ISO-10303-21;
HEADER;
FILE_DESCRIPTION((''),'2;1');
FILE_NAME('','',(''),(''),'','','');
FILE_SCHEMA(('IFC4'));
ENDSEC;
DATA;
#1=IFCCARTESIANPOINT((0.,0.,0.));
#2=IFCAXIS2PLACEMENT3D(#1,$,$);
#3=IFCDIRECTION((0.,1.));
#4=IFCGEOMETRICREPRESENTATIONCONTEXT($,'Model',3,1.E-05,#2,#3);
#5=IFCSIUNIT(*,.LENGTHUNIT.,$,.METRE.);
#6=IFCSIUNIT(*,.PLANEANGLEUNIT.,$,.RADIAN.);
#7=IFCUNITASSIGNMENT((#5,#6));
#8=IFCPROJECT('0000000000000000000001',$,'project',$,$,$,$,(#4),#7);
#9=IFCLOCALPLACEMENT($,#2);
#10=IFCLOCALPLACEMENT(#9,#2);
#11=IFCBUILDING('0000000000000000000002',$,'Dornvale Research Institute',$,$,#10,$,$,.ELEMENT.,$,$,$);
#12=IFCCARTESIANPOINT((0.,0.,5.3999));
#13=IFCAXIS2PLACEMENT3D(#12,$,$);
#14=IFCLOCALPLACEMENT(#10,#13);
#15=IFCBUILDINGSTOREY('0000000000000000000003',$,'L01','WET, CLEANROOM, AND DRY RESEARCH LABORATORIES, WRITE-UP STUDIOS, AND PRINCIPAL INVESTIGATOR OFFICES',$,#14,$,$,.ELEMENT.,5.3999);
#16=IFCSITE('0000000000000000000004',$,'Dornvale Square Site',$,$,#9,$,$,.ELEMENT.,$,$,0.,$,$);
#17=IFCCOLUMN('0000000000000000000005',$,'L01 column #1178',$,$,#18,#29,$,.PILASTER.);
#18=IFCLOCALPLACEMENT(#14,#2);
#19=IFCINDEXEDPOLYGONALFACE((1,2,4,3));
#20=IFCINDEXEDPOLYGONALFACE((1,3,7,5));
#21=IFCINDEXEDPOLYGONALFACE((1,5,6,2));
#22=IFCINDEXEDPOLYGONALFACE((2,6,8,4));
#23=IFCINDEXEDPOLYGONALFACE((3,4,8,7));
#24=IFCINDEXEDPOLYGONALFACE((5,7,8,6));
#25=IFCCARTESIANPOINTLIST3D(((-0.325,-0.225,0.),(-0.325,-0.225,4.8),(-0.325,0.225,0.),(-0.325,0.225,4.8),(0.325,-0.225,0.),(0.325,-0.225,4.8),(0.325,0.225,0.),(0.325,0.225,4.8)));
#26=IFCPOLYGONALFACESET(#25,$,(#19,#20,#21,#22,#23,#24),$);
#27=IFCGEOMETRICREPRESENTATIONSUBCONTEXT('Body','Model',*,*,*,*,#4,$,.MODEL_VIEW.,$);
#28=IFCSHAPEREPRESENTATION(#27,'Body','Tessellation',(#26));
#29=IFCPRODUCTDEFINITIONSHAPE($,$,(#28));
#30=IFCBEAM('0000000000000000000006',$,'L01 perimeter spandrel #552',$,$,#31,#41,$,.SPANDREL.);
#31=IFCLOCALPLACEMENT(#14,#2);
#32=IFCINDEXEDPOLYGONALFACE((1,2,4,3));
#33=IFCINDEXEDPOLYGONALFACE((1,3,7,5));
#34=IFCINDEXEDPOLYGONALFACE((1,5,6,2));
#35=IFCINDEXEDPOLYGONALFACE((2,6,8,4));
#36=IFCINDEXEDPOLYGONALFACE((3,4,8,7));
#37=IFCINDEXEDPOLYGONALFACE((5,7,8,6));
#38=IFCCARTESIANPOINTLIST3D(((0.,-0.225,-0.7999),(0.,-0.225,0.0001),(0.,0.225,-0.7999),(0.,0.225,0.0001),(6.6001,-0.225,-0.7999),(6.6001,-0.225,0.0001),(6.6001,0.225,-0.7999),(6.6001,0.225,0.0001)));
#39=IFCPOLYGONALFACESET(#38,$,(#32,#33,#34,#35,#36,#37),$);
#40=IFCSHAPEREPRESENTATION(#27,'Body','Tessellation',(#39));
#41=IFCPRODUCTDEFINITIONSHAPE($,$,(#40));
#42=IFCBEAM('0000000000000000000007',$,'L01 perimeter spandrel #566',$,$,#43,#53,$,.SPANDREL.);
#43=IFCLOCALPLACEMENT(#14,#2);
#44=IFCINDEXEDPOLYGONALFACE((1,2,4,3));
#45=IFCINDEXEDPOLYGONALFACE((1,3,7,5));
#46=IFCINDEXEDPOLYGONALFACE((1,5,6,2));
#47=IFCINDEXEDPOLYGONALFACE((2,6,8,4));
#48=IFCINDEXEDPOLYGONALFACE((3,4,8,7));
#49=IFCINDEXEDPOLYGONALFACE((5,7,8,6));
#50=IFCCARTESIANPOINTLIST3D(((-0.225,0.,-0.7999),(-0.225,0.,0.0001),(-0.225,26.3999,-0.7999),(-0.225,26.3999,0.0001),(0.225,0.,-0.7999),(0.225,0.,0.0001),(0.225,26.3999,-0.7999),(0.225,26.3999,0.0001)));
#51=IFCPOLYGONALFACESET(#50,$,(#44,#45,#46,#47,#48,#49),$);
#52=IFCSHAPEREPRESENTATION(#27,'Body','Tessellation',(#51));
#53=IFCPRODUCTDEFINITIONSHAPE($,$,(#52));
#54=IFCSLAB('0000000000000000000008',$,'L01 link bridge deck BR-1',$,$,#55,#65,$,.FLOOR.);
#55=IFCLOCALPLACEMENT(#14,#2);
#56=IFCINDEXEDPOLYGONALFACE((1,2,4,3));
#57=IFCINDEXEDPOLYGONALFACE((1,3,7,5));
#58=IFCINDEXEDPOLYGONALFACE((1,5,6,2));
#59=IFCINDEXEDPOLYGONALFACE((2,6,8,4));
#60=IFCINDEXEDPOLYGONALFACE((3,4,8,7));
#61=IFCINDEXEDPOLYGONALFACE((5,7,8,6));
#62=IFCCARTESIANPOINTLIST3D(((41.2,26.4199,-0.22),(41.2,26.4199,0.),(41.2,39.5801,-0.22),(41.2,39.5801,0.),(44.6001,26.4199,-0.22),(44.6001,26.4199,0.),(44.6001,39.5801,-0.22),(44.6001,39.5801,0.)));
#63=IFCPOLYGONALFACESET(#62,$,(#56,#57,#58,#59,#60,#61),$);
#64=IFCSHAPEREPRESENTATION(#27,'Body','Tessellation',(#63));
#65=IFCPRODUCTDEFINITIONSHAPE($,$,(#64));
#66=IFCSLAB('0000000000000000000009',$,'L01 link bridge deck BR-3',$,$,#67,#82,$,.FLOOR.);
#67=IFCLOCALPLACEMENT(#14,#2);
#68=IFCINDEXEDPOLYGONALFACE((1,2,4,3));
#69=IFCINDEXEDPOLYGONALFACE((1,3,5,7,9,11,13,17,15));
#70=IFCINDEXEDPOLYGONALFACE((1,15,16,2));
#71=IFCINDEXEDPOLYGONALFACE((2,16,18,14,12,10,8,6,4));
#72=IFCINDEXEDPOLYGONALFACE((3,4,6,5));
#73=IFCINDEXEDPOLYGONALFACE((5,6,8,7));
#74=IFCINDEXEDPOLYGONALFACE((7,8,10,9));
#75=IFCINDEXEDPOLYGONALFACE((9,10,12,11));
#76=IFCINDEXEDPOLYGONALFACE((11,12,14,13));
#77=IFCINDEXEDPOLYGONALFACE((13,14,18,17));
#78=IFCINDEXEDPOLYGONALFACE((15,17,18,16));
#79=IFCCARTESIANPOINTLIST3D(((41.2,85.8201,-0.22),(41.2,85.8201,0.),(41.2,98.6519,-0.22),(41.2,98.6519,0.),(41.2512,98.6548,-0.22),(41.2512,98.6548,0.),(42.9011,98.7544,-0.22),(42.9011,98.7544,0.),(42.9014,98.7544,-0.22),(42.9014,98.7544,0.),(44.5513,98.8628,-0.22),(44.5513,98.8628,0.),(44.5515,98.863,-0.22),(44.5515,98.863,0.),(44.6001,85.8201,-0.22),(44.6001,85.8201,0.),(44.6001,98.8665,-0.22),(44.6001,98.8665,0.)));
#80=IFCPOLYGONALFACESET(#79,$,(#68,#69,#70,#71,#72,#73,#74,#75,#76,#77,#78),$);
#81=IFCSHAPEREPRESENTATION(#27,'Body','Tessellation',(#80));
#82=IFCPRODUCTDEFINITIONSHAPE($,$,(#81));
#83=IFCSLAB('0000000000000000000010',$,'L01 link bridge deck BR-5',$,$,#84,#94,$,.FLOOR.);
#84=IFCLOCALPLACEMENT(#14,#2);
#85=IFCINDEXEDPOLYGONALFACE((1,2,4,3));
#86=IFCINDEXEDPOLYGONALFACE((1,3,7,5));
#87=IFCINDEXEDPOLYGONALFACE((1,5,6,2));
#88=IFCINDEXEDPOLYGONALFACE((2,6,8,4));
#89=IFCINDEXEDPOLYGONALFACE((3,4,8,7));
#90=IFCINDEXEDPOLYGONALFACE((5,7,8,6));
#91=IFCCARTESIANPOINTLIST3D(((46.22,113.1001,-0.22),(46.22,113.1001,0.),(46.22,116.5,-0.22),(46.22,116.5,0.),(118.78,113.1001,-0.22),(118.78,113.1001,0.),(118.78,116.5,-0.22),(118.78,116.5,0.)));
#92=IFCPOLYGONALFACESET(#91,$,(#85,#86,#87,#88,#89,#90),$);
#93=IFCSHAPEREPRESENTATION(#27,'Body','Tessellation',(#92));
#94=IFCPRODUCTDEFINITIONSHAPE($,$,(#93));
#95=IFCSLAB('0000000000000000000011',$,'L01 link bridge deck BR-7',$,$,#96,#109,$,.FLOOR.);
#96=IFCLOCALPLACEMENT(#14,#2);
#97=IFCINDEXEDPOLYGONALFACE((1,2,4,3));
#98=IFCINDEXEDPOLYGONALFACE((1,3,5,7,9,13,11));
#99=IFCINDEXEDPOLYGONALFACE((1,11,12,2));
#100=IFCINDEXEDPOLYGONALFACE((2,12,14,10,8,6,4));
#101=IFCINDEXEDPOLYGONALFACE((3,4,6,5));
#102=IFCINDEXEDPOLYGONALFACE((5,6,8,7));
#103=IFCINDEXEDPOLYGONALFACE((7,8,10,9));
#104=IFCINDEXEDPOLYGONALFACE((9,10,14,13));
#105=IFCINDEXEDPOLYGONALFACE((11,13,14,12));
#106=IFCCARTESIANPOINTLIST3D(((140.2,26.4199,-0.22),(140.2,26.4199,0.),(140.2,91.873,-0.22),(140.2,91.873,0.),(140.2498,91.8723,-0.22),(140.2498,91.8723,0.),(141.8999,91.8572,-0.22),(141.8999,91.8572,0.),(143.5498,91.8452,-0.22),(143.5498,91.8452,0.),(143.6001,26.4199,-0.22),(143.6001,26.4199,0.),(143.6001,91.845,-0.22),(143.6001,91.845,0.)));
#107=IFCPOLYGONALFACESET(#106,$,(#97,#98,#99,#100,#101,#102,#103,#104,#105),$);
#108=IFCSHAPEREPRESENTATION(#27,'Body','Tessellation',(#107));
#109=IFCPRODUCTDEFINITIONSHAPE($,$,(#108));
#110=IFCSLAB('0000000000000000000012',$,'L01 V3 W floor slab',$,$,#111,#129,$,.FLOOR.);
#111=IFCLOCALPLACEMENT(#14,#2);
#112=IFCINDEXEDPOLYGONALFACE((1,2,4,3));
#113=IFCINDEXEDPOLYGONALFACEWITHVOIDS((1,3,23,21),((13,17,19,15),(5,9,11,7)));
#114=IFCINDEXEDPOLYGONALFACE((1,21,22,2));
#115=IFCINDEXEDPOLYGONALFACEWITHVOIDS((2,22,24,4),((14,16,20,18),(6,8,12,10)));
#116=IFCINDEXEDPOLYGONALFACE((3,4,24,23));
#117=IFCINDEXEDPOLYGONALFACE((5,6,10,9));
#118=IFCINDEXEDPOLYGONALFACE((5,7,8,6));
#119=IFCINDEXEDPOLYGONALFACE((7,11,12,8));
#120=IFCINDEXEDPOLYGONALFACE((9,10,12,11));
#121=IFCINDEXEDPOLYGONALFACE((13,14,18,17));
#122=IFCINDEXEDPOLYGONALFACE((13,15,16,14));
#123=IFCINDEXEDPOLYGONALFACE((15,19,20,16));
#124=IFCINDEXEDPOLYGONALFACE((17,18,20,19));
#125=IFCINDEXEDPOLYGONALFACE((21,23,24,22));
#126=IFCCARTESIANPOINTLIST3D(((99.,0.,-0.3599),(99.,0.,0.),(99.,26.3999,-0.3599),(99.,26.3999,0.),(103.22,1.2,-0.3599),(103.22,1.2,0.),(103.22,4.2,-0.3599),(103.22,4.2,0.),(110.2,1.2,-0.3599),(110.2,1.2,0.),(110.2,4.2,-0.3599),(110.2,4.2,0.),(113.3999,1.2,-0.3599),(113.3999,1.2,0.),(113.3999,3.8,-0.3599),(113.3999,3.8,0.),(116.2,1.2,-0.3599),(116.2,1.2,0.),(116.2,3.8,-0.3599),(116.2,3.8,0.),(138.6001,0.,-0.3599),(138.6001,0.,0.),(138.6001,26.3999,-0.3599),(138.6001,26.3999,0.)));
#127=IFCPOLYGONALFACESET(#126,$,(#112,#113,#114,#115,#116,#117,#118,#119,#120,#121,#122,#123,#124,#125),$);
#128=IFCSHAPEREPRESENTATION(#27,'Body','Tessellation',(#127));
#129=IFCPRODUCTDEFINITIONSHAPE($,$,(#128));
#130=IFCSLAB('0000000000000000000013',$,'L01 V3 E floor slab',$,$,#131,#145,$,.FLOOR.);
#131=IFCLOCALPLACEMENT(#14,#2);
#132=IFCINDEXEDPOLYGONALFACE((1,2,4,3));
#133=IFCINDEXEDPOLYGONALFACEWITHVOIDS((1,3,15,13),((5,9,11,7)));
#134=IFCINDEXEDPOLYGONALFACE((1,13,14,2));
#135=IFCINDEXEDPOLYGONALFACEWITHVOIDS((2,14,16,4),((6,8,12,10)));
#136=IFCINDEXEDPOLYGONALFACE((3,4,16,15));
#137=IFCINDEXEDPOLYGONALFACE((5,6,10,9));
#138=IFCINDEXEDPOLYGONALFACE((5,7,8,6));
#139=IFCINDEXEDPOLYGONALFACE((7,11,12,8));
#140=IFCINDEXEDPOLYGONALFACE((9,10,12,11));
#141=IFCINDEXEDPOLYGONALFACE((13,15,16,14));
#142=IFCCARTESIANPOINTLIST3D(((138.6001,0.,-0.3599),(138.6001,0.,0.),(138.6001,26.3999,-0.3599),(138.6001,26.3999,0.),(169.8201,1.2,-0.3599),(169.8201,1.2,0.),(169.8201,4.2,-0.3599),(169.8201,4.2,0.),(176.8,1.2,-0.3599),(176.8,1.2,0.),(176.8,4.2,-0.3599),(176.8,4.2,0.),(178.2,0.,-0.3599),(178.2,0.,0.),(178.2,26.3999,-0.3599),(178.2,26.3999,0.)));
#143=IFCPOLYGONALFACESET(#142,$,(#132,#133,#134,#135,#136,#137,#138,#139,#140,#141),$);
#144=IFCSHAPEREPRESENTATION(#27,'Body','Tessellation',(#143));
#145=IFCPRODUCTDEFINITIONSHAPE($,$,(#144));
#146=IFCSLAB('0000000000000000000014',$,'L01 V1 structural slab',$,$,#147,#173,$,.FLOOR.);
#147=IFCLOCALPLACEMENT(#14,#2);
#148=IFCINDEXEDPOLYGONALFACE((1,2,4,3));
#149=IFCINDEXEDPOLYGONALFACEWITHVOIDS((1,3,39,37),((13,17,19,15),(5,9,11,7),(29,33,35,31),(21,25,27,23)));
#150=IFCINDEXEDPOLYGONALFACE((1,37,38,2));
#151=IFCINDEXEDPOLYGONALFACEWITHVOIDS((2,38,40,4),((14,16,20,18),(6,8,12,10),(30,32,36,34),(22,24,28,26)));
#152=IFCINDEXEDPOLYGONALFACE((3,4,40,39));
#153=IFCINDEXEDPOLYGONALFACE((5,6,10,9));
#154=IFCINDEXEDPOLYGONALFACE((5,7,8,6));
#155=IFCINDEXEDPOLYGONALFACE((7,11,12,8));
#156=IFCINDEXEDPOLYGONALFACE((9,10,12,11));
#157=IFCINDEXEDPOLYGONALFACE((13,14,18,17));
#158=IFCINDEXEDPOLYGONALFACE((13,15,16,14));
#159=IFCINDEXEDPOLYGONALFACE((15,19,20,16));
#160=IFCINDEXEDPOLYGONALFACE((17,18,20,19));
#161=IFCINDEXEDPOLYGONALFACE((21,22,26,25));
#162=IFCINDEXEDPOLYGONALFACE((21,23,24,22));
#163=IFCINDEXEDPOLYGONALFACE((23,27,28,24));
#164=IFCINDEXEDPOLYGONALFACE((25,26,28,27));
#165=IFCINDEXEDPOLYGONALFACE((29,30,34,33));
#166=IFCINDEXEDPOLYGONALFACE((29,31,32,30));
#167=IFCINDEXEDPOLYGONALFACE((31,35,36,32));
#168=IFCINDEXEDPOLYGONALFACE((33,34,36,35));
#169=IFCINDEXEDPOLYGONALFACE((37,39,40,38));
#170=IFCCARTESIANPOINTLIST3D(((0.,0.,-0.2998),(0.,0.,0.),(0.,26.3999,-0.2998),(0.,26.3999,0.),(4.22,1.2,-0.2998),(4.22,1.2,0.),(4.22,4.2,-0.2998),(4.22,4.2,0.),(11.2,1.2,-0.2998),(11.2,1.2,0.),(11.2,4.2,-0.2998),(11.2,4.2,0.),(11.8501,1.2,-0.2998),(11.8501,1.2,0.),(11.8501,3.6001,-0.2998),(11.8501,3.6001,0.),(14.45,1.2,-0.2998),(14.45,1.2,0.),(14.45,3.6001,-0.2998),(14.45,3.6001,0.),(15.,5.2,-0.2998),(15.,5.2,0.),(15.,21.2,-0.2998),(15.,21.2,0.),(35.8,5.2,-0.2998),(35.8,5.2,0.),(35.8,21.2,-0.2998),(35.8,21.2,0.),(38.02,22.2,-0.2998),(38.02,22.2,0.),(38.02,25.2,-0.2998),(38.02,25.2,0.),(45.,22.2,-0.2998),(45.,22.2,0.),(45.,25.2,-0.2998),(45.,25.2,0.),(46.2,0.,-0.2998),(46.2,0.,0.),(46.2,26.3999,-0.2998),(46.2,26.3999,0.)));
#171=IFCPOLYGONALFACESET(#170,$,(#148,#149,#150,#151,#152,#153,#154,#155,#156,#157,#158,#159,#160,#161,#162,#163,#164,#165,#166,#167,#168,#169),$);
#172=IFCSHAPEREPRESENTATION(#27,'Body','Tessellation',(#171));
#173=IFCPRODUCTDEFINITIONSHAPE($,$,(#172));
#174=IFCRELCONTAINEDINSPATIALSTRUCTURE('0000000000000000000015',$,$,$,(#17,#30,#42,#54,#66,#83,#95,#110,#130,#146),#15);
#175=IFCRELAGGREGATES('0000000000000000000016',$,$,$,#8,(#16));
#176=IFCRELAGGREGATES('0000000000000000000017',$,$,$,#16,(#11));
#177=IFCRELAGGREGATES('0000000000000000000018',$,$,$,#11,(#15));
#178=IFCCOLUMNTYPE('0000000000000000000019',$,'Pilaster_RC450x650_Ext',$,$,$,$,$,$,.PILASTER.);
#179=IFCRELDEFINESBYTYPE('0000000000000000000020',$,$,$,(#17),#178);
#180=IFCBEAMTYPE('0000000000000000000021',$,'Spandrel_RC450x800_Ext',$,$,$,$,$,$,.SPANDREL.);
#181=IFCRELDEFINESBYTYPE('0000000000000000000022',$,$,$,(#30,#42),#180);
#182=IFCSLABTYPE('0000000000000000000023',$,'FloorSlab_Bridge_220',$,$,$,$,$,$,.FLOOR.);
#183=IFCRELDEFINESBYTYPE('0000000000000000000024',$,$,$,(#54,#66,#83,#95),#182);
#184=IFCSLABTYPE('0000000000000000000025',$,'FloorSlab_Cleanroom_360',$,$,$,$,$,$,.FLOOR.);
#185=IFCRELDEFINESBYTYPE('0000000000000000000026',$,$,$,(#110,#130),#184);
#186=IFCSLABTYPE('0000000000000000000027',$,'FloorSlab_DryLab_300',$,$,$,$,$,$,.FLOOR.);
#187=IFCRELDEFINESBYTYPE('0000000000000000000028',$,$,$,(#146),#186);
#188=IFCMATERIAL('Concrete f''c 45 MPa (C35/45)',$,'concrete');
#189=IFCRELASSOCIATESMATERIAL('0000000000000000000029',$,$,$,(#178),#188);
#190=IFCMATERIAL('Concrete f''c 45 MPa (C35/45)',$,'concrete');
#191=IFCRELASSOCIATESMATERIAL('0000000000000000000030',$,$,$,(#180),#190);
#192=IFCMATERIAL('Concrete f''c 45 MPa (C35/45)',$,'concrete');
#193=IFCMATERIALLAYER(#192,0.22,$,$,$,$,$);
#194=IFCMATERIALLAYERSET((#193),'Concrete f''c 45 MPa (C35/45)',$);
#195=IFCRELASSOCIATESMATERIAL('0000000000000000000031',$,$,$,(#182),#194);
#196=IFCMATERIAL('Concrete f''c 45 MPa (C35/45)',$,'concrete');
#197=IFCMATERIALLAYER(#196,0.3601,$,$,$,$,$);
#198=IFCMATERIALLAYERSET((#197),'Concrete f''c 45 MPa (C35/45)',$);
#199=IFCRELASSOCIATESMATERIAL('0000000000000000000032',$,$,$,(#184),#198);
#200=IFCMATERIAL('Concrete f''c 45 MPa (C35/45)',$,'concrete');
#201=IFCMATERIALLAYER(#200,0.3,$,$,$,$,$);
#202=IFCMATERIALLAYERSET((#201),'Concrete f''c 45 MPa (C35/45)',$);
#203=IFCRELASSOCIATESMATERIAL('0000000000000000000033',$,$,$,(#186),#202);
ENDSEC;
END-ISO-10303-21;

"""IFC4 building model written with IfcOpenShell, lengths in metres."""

from ifc_helpers import new_model, si_unit, direction, frame, origin, origin_2d, place, context, subcontext, project, spatial, polyline, rectangle, outline, extrude, material, layer, layer_set, material_profile, profile_set, type_object, element, save


model = new_model("IFC4")

# Units and contexts
model_context = context("Model", 3, precision=1e-05, world=origin(), true_north=direction((0.0, 1.0)))
body_context = subcontext(model_context, "Body", "Model", "MODEL_VIEW")
ifc_project = project(units=[si_unit("LENGTHUNIT", "METRE"), si_unit("PLANEANGLEUNIT", "RADIAN")], contexts=[model_context])

# Site, building, storey
site_placement = place(None, origin())
site = spatial("IfcSite", under=ifc_project, at=site_placement, Name="Dornvale Square Site", CompositionType="ELEMENT", RefElevation=0.0)
building_placement = place(site_placement, origin())
building = spatial("IfcBuilding", under=site, at=building_placement, Name="Dornvale Research Institute", CompositionType="ELEMENT")
storey_placement = place(building_placement, frame((0.0, 0.0, 5.3999)))
storey = spatial("IfcBuildingStorey", under=building, at=storey_placement, Name="L01", Description="WET, CLEANROOM, AND DRY RESEARCH LABORATORIES, WRITE-UP STUDIOS, AND PRINCIPAL INVESTIGATOR OFFICES", CompositionType="ELEMENT", Elevation=5.3999)

# Column
ifc_material_1 = material(Name="Concrete f'c 45 MPa (C35/45)", Category="concrete")
ifc_material_profile_1 = material_profile(ifc_material_1, rectangle(XDim=0.45, YDim=0.6499, at=origin_2d()), Name="RC 450x650")
ifc_profile_set_1 = profile_set([ifc_material_profile_1], Name="Concrete f'c 45 MPa (C35/45)")
column_type = type_object("IfcColumnType", Name="Pilaster_RC450x650_Ext", PredefinedType="PILASTER", material=ifc_profile_set_1)
column_placement = place(storey_placement, frame((0.0, 0.0, 0.0), z_axis=(0.0, 0.0, 1.0), x_axis=(0.0, 1.0, 0.0)))
element("IfcColumn", 1, at=column_placement, inside=storey, type_object=column_type, Name="L01 column #1178", PredefinedType="PILASTER", context=body_context, shape_type="SweptSolid", body=[
    extrude(rectangle(XDim=0.45, YDim=0.6499, at=origin_2d()), origin(), (0.0, 0.0, 1.0), 4.8),
])

# Beams
ifc_material_2 = material(Name="Concrete f'c 45 MPa (C35/45)", Category="concrete")
ifc_material_profile_2 = material_profile(ifc_material_2, rectangle(XDim=0.45, YDim=0.8, at=origin_2d()), Name="RC 450x800")
ifc_profile_set_2 = profile_set([ifc_material_profile_2], Name="Concrete f'c 45 MPa (C35/45)")
beam_type = type_object("IfcBeamType", Name="Spandrel_RC450x800_Ext", PredefinedType="SPANDREL", material=ifc_profile_set_2)
beam_1_placement = place(storey_placement, frame((0.0, 0.0, -0.3999), z_axis=(1.0, 0.0, 0.0), x_axis=(0.0, 1.0, 0.0)))
element("IfcBeam", 2, at=beam_1_placement, inside=storey, type_object=beam_type, Name="L01 perimeter spandrel #552", PredefinedType="SPANDREL", context=body_context, shape_type="SweptSolid", body=[
    extrude(rectangle(XDim=0.45, YDim=0.8, at=origin_2d()), origin(), (0.0, 0.0, 1.0), 6.6001),
])
beam_2_placement = place(storey_placement, frame((0.0, 0.0, -0.3999), z_axis=(0.0, 1.0, 0.0), x_axis=(-1.0, 0.0, 0.0)))
element("IfcBeam", 3, at=beam_2_placement, inside=storey, type_object=beam_type, Name="L01 perimeter spandrel #566", PredefinedType="SPANDREL", context=body_context, shape_type="SweptSolid", body=[
    extrude(rectangle(XDim=0.45, YDim=0.8, at=origin_2d()), origin(), (0.0, 0.0, 1.0), 26.3999),
])

# Slabs
ifc_material_3 = material(Name="Concrete f'c 45 MPa (C35/45)", Category="concrete")
ifc_layer_1 = layer(ifc_material_3, 0.22)
ifc_layer_set_1 = layer_set([ifc_layer_1], Name="Concrete f'c 45 MPa (C35/45)")
slab_type_1 = type_object("IfcSlabType", Name="FloorSlab_Bridge_220", PredefinedType="FLOOR", material=ifc_layer_set_1)
slab_1_placement = place(storey_placement, frame((0.0, 0.0, -0.22)))
element("IfcSlab", 4, at=slab_1_placement, inside=storey, type_object=slab_type_1, Name="L01 link bridge deck BR-1", PredefinedType="FLOOR", context=body_context, shape_type="SweptSolid", body=[
    extrude(outline(polyline([(41.2, 39.5801), (44.6001, 39.5801), (44.6001, 26.4199), (41.2, 26.4199), (41.2, 39.5801)])), origin(), (0.0, 0.0, 1.0), 0.22),
])
slab_2_placement = place(storey_placement, frame((0.0, 0.0, -0.22)))
element("IfcSlab", 5, at=slab_2_placement, inside=storey, type_object=slab_type_1, Name="L01 link bridge deck BR-3", PredefinedType="FLOOR", context=body_context, shape_type="SweptSolid", body=[
    extrude(outline(polyline([(41.2, 85.8201), (41.2, 98.6519), (41.2512, 98.6548), (41.2512, 98.6548), (42.9011, 98.7544), (42.9014, 98.7544), (44.5513, 98.8628), (44.5515, 98.863), (44.6001, 98.8665), (44.6001, 85.8201), (41.2, 85.8201)])), origin(), (0.0, 0.0, 1.0), 0.22),
])
slab_3_placement = place(storey_placement, frame((0.0, 0.0, -0.22)))
element("IfcSlab", 6, at=slab_3_placement, inside=storey, type_object=slab_type_1, Name="L01 link bridge deck BR-5", PredefinedType="FLOOR", context=body_context, shape_type="SweptSolid", body=[
    extrude(outline(polyline([(118.78, 113.1001), (46.22, 113.1001), (46.22, 116.5), (118.78, 116.5), (118.78, 113.1001)])), origin(), (0.0, 0.0, 1.0), 0.22),
])
slab_4_placement = place(storey_placement, frame((0.0, 0.0, -0.22)))
element("IfcSlab", 7, at=slab_4_placement, inside=storey, type_object=slab_type_1, Name="L01 link bridge deck BR-7", PredefinedType="FLOOR", context=body_context, shape_type="SweptSolid", body=[
    extrude(outline(polyline([(140.2, 91.873), (140.2498, 91.8723), (140.2498, 91.8723), (141.8999, 91.8572), (141.8999, 91.8572), (143.5498, 91.8452), (143.5498, 91.8452), (143.6001, 91.845), (143.6001, 26.4199), (140.2, 26.4199), (140.2, 91.873)])), origin(), (0.0, 0.0, 1.0), 0.22),
])
ifc_material_4 = material(Name="Concrete f'c 45 MPa (C35/45)", Category="concrete")
ifc_layer_2 = layer(ifc_material_4, 0.3601)
ifc_layer_set_2 = layer_set([ifc_layer_2], Name="Concrete f'c 45 MPa (C35/45)")
slab_type_2 = type_object("IfcSlabType", Name="FloorSlab_Cleanroom_360", PredefinedType="FLOOR", material=ifc_layer_set_2)
slab_5_placement = place(storey_placement, frame((0.0, 0.0, -0.3599)))
element("IfcSlab", 8, at=slab_5_placement, inside=storey, type_object=slab_type_2, Name="L01 V3 W floor slab", PredefinedType="FLOOR", context=body_context, shape_type="SweptSolid", body=[
    extrude(outline(polyline([(99.0, 0.0), (99.0, 26.3999), (138.6001, 26.3999), (138.6001, 0.0), (99.0, 0.0)]), holes=[polyline([(103.22, 1.2), (110.2, 1.2), (110.2, 4.2), (103.22, 4.2), (103.22, 1.2)]), polyline([(113.3999, 1.2), (116.2, 1.2), (116.2, 3.8), (113.3999, 3.8), (113.3999, 1.2)])]), origin(), (0.0, 0.0, 1.0), 0.3599),
])
slab_6_placement = place(storey_placement, frame((0.0, 0.0, -0.3599)))
element("IfcSlab", 9, at=slab_6_placement, inside=storey, type_object=slab_type_2, Name="L01 V3 E floor slab", PredefinedType="FLOOR", context=body_context, shape_type="SweptSolid", body=[
    extrude(outline(polyline([(178.2, 26.3999), (178.2, 0.0), (138.6001, 0.0), (138.6001, 26.3999), (178.2, 26.3999)]), holes=[polyline([(169.8201, 1.2), (176.8, 1.2), (176.8, 4.2), (169.8201, 4.2), (169.8201, 1.2)])]), origin(), (0.0, 0.0, 1.0), 0.3599),
])
ifc_material_5 = material(Name="Concrete f'c 45 MPa (C35/45)", Category="concrete")
ifc_layer_3 = layer(ifc_material_5, 0.3)
ifc_layer_set_3 = layer_set([ifc_layer_3], Name="Concrete f'c 45 MPa (C35/45)")
slab_type_3 = type_object("IfcSlabType", Name="FloorSlab_DryLab_300", PredefinedType="FLOOR", material=ifc_layer_set_3)
slab_7_placement = place(storey_placement, frame((0.0, 0.0, -0.2998)))
element("IfcSlab", 10, at=slab_7_placement, inside=storey, type_object=slab_type_3, Name="L01 V1 structural slab", PredefinedType="FLOOR", context=body_context, shape_type="SweptSolid", body=[
    extrude(outline(polyline([(0.0, 0.0), (46.2, 0.0), (46.2, 26.3999), (0.0, 26.3999), (0.0, 0.0)]), holes=[polyline([(4.22, 1.2), (11.2, 1.2), (11.2, 4.2), (4.22, 4.2), (4.22, 1.2)]), polyline([(38.02, 22.2), (45.0, 22.2), (45.0, 25.2), (38.02, 25.2), (38.02, 22.2)]), polyline([(11.8501, 1.2), (14.45, 1.2), (14.45, 3.6001), (11.8501, 3.6001), (11.8501, 1.2)]), polyline([(15.0, 5.2), (35.8, 5.2), (35.8, 21.2), (15.0, 21.2), (15.0, 5.2)])]), origin(), (0.0, 0.0, 1.0), 0.2998),
])

save(model, "model.ifc")
